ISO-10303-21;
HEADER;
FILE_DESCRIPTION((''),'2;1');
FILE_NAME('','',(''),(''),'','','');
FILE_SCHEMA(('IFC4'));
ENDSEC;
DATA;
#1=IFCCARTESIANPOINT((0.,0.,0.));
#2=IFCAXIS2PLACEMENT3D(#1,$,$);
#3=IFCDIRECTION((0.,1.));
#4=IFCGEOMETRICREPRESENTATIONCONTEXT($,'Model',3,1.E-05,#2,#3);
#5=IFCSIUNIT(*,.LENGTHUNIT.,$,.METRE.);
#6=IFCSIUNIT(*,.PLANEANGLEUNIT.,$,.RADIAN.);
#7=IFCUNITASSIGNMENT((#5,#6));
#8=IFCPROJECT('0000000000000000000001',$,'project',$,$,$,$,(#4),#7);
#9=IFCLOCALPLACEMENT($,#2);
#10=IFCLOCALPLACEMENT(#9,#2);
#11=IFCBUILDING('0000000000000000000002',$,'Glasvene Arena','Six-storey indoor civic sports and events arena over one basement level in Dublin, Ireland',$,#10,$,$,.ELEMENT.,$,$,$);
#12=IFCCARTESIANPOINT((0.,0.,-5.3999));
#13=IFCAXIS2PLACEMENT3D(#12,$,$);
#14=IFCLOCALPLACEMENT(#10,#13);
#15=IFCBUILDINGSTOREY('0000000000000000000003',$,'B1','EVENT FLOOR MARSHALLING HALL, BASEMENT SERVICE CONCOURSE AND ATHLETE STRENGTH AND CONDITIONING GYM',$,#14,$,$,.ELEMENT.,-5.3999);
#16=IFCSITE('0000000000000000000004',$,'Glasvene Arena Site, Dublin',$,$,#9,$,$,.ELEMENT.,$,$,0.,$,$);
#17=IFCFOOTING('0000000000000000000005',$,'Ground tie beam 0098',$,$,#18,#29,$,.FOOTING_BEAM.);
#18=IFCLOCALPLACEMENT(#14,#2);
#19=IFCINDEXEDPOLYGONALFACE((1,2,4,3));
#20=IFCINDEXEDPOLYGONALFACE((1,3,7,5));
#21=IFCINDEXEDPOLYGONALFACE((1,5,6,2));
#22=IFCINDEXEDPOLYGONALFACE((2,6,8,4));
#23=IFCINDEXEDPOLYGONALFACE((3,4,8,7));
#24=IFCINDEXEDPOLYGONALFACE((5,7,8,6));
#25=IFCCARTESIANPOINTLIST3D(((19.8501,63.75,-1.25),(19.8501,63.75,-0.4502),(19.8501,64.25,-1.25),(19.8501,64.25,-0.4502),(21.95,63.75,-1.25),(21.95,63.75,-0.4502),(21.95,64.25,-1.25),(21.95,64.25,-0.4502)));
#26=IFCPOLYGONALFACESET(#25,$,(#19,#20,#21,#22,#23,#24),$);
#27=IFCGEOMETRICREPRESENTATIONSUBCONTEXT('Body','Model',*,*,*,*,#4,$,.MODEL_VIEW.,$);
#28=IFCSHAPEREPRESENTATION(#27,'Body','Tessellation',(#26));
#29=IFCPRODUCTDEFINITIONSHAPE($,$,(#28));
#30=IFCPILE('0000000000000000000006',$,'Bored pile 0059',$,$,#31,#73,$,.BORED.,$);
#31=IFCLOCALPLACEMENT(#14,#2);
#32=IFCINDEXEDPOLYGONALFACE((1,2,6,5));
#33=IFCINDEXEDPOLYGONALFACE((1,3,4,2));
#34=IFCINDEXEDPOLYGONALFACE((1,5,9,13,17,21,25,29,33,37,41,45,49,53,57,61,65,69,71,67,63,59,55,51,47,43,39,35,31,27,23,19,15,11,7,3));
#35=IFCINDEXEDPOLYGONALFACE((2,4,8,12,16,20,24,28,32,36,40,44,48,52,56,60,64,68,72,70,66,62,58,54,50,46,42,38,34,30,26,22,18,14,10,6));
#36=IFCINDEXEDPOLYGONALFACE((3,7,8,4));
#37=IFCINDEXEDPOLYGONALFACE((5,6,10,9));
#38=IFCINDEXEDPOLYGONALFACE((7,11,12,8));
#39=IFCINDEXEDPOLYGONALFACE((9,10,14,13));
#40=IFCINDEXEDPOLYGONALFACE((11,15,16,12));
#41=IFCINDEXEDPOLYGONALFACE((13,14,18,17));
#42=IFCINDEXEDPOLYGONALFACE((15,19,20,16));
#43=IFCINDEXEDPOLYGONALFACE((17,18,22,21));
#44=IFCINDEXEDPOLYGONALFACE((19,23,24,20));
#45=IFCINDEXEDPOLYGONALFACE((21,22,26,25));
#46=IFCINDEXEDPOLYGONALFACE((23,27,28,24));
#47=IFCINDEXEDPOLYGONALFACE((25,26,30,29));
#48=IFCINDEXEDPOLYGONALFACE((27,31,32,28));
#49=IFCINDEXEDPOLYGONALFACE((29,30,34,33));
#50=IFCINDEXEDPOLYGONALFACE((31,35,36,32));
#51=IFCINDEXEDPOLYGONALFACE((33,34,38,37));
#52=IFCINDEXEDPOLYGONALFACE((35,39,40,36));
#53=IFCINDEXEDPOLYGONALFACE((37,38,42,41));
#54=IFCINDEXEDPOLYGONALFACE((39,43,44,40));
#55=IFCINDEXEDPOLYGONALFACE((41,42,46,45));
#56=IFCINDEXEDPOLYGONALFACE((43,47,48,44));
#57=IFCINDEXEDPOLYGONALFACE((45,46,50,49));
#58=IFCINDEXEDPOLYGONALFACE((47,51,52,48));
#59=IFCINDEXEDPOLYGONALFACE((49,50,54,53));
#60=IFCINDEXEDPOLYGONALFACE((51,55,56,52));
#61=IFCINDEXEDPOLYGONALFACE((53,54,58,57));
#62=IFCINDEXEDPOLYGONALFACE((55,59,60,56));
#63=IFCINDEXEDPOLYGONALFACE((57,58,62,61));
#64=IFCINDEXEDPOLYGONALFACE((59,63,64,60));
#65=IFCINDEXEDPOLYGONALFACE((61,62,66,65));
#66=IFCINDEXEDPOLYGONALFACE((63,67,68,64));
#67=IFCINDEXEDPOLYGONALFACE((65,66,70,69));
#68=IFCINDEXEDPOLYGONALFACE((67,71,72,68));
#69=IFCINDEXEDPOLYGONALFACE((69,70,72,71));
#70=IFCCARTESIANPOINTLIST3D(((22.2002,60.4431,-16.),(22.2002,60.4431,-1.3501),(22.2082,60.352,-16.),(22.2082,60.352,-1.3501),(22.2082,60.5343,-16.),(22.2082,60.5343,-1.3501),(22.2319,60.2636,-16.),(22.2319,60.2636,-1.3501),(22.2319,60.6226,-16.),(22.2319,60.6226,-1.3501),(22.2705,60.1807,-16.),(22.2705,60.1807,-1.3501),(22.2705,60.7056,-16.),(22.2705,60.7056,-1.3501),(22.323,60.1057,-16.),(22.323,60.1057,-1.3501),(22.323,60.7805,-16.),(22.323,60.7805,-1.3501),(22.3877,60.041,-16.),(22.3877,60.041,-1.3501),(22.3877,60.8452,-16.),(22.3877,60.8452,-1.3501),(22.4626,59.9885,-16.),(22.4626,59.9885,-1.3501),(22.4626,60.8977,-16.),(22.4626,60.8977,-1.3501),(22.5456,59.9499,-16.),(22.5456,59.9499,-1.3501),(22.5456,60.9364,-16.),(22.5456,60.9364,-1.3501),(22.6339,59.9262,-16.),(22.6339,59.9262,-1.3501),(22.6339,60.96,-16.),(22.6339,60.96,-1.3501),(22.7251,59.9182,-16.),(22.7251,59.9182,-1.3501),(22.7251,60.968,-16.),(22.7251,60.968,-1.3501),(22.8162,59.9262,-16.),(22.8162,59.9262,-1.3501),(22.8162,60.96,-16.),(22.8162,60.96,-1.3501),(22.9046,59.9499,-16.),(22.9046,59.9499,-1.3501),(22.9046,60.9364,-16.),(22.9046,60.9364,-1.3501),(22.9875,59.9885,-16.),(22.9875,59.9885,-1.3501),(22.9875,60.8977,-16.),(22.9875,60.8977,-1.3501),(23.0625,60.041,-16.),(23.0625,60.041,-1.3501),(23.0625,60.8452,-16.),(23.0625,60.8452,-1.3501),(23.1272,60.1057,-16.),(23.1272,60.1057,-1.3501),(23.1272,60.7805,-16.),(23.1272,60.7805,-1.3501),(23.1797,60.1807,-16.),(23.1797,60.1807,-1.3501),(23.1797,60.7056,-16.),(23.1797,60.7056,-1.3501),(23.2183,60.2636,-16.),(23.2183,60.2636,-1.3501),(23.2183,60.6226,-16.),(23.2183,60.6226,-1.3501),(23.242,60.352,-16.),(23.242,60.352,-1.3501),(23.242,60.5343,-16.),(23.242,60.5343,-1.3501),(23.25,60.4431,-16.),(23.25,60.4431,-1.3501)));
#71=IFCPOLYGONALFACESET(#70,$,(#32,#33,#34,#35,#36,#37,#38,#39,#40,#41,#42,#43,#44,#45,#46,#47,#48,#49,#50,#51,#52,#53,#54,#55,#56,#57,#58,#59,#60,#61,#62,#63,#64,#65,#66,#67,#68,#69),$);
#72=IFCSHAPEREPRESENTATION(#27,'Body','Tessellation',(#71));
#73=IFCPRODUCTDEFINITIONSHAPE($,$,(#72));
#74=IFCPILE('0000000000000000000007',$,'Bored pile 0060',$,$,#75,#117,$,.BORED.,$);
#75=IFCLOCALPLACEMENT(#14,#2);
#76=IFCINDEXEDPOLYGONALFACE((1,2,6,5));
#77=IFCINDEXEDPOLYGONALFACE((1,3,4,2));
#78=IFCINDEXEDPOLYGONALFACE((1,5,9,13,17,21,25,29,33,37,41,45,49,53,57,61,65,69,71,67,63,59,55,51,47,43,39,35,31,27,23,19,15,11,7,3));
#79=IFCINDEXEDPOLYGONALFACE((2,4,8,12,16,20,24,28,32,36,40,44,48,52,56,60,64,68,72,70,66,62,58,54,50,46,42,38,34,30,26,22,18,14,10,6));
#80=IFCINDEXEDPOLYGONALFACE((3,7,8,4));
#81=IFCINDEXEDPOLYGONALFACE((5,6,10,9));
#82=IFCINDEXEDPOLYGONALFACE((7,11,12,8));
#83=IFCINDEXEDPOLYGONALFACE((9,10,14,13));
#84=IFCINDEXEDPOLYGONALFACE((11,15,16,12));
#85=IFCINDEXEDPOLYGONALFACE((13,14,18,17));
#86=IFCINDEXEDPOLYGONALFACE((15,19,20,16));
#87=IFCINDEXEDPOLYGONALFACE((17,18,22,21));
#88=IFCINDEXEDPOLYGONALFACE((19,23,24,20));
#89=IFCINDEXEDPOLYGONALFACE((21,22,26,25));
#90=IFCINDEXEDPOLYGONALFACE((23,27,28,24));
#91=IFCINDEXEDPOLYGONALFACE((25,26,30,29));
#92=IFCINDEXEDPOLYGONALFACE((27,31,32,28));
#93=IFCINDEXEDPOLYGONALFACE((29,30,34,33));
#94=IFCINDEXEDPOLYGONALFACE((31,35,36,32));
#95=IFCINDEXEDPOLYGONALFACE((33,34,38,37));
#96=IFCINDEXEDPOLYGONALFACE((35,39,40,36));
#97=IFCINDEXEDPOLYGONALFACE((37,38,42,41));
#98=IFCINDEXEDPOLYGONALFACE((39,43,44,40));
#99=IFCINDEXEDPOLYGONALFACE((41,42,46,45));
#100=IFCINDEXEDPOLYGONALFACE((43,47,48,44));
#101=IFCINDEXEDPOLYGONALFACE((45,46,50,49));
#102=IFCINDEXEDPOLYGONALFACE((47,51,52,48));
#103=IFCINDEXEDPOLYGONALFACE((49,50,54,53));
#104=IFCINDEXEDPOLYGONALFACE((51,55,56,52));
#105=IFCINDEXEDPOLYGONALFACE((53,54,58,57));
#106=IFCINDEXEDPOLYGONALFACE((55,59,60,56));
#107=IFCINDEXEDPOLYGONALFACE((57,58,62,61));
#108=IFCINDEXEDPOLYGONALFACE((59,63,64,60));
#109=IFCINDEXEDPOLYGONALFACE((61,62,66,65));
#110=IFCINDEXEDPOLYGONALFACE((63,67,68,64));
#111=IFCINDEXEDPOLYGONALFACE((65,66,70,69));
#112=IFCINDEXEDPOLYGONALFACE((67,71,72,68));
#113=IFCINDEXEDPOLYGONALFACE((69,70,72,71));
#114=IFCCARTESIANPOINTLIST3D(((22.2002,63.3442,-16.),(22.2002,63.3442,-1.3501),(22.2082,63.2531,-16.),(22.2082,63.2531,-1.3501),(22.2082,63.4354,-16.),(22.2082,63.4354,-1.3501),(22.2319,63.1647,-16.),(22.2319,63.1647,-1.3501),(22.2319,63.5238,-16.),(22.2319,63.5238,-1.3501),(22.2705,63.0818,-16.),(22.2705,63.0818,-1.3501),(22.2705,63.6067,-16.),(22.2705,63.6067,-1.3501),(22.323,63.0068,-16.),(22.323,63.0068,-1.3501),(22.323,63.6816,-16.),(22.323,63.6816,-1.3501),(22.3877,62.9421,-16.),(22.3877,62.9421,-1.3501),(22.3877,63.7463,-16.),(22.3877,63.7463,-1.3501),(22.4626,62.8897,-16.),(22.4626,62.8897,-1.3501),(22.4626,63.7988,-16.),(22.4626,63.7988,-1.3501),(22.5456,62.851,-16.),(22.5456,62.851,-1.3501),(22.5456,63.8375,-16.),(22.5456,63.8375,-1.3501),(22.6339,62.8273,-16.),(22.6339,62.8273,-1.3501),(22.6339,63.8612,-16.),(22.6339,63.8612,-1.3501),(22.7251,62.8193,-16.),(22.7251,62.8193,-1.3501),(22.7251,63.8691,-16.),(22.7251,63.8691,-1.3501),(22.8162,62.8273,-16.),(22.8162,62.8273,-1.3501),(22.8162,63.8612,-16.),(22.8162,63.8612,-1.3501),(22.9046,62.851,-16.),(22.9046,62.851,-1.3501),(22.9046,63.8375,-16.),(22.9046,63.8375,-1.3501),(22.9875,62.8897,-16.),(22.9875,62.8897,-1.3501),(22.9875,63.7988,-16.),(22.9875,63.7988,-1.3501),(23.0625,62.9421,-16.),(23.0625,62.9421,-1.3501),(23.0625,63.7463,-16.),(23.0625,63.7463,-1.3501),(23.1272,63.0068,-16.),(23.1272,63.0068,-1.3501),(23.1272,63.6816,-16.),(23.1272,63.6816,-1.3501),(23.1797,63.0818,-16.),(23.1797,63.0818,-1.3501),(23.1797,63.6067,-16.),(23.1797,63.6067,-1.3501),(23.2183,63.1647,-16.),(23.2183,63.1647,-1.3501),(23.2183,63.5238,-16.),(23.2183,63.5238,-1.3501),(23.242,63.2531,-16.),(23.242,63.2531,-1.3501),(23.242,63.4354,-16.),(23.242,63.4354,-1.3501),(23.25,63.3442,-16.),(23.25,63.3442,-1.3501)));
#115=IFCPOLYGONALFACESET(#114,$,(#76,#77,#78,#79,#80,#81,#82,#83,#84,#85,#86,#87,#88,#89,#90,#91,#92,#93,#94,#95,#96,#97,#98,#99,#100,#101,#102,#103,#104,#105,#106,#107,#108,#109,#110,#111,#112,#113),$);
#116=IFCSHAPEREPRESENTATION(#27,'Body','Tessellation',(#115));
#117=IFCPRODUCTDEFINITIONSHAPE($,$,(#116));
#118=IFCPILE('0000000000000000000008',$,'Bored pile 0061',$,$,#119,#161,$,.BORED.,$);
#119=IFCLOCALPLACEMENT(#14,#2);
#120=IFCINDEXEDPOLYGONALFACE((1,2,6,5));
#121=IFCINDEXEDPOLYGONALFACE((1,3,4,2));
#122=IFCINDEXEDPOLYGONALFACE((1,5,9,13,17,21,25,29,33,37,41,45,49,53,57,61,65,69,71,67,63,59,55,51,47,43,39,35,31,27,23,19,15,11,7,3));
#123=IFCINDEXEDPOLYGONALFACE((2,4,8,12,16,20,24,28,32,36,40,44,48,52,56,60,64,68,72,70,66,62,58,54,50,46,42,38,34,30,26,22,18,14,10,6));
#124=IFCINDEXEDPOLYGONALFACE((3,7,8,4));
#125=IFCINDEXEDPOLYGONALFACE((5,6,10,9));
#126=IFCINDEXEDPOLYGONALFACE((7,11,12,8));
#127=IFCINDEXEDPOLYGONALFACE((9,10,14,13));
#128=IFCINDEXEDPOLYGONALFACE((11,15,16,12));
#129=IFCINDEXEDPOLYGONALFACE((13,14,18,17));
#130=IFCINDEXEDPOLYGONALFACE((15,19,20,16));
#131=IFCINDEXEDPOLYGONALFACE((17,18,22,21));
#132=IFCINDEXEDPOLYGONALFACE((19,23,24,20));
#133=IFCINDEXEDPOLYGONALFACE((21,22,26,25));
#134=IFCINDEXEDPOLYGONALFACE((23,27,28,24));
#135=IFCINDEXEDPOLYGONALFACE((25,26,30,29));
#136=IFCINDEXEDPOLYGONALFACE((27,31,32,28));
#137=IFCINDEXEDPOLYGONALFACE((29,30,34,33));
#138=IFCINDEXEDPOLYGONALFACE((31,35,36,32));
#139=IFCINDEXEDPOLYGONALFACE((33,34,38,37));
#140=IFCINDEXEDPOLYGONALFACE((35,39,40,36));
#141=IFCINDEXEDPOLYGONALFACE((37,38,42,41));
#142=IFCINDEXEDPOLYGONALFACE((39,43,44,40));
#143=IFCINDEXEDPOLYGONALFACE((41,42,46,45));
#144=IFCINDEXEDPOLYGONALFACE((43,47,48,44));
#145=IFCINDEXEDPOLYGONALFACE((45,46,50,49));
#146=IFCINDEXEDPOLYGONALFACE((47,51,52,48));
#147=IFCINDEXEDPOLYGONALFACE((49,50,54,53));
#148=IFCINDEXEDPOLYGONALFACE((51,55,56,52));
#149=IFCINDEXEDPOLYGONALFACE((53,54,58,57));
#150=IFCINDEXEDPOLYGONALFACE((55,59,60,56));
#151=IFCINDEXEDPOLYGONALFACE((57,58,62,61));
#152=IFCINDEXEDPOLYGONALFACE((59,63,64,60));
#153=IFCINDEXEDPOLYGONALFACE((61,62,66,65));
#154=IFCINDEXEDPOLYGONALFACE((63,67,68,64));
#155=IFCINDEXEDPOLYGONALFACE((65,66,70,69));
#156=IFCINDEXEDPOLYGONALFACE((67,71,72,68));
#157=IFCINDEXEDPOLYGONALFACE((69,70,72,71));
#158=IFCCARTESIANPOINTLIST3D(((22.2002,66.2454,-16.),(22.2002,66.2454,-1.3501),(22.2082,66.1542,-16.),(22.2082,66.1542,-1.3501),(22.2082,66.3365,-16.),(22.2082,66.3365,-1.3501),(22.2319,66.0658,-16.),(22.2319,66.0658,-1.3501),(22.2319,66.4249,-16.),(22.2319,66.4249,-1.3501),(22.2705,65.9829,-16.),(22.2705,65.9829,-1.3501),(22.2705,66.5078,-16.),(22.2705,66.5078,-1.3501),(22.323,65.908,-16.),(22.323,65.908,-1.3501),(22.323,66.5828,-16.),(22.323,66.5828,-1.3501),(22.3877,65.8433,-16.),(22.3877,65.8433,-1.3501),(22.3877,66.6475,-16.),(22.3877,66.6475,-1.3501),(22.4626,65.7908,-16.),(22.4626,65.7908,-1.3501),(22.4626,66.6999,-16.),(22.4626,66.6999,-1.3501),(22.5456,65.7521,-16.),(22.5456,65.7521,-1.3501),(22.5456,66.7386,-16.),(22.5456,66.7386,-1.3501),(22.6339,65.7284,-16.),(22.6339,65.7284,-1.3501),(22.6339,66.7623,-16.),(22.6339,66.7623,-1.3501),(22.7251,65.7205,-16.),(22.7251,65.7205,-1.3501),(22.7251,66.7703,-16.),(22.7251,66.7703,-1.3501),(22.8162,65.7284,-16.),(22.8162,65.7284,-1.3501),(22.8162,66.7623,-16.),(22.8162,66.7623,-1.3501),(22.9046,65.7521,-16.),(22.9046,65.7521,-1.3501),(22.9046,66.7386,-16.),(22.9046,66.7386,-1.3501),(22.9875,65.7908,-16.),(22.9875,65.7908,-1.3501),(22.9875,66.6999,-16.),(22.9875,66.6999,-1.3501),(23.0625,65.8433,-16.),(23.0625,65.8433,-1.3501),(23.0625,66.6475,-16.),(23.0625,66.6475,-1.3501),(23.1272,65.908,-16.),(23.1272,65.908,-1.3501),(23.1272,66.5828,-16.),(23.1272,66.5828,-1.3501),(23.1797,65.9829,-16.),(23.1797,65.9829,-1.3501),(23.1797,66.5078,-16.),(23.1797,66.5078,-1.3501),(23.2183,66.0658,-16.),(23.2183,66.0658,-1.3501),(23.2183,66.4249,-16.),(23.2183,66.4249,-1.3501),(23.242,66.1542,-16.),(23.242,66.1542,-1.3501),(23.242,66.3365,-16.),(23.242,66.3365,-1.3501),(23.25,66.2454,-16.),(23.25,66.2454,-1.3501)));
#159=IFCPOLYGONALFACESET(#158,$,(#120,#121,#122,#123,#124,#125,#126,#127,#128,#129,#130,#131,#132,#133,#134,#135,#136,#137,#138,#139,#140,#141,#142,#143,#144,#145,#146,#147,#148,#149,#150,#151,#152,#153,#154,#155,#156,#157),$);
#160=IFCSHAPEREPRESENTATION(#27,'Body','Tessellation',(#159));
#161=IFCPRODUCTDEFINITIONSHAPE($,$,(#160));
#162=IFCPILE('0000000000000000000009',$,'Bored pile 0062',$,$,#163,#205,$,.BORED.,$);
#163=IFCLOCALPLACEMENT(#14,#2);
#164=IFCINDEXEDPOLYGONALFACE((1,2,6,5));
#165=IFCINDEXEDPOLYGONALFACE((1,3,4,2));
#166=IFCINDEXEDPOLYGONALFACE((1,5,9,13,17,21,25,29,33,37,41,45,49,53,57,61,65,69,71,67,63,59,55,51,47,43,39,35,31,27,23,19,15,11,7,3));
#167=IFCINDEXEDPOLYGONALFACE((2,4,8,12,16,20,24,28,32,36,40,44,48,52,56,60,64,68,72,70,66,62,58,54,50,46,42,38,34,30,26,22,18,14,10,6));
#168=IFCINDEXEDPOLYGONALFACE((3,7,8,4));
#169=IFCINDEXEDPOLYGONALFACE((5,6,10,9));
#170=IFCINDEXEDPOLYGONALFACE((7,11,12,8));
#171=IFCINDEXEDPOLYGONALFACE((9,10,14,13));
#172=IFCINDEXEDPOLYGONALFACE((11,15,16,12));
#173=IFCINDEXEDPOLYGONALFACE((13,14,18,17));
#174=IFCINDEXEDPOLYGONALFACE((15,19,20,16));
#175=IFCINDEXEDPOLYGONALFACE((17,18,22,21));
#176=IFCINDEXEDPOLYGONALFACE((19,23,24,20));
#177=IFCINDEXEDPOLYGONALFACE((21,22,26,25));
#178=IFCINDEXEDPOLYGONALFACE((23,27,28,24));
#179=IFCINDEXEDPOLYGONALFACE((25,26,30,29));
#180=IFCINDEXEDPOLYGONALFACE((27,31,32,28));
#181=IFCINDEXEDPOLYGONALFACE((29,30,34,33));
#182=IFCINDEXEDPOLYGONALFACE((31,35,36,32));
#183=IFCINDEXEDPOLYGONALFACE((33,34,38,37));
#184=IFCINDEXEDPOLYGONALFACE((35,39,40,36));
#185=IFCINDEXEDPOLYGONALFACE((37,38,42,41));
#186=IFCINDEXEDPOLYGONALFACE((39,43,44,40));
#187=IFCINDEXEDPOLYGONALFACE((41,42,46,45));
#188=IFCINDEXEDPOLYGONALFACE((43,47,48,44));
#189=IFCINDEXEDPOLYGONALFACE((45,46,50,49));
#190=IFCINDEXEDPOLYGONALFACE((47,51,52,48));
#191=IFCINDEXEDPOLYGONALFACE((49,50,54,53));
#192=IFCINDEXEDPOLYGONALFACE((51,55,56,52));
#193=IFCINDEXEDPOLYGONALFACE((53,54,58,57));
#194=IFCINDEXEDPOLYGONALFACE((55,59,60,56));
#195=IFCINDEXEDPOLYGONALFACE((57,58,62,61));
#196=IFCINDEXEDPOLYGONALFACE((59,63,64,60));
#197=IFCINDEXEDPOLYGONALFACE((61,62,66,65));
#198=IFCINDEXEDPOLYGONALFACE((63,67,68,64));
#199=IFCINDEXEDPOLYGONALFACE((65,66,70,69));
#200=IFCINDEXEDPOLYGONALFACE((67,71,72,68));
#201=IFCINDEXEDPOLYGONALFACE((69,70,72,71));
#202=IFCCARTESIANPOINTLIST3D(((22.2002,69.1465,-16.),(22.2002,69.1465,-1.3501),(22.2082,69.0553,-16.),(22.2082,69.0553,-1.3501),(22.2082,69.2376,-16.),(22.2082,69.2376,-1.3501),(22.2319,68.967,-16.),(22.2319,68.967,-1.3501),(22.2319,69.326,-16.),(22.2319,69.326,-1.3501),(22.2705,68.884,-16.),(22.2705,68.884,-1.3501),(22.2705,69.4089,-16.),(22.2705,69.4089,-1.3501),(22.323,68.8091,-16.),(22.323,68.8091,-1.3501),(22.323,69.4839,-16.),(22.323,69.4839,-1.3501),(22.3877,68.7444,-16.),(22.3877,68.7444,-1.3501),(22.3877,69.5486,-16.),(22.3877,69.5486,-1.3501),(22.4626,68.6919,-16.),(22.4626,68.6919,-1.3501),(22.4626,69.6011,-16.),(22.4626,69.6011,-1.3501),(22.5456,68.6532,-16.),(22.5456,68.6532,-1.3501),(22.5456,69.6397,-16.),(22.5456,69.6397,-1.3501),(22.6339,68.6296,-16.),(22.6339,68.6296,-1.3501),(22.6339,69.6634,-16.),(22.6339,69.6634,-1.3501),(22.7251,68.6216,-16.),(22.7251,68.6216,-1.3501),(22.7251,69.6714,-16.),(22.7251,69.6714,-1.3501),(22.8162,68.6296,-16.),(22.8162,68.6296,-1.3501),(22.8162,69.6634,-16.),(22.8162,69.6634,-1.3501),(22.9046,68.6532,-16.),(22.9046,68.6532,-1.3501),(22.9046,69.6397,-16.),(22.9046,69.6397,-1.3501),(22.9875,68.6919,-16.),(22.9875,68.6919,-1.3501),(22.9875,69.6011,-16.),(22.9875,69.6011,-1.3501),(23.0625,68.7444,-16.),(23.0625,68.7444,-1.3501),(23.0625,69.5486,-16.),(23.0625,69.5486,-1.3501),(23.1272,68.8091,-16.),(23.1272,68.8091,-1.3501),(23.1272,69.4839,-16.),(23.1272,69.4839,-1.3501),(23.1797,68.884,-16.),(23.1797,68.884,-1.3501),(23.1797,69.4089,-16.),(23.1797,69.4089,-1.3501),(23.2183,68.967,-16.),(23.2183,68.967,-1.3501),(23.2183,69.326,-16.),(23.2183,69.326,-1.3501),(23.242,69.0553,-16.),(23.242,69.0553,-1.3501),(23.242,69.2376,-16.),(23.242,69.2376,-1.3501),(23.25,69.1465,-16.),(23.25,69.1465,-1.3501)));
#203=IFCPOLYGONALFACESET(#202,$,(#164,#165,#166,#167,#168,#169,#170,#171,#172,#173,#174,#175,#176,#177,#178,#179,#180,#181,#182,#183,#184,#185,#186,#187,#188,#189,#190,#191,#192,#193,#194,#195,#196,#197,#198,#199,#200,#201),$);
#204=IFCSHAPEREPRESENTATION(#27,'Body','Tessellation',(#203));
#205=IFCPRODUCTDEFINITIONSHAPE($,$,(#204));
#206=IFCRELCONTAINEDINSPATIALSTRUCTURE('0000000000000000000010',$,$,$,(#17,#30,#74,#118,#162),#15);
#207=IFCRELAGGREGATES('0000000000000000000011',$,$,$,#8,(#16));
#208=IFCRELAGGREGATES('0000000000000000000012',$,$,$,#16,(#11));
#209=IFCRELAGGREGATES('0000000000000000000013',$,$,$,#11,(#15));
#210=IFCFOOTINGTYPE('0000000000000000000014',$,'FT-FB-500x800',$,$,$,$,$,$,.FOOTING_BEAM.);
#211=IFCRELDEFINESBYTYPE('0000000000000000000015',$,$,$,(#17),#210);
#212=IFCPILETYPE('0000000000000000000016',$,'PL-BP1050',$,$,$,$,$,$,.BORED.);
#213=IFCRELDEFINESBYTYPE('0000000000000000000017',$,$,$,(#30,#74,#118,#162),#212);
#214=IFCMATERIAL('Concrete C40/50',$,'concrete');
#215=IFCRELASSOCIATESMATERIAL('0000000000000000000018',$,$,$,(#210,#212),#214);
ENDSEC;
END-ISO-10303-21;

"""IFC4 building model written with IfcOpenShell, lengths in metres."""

from ifc_helpers import new_model, si_unit, direction, frame, origin, origin_2d, place, context, subcontext, project, spatial, polyline, circle, outline, extrude, material, material_profile, profile_set, type_object, element, save


model = new_model("IFC4")

# Units and contexts
model_context = context("Model", 3, precision=1e-05, world=origin(), true_north=direction((0.0, 1.0)))
body_context = subcontext(model_context, "Body", "Model", "MODEL_VIEW")
ifc_project = project(units=[si_unit("LENGTHUNIT", "METRE"), si_unit("PLANEANGLEUNIT", "RADIAN")], contexts=[model_context])

# Site, building, storey
site_placement = place(None, origin())
site = spatial("IfcSite", under=ifc_project, at=site_placement, Name="Glasvene Arena Site, Dublin", CompositionType="ELEMENT", RefElevation=0.0)
building_placement = place(site_placement, origin())
building = spatial("IfcBuilding", under=site, at=building_placement, Name="Glasvene Arena", Description="Six-storey indoor civic sports and events arena over one basement level in Dublin, Ireland", CompositionType="ELEMENT")
storey_placement = place(building_placement, frame((0.0, 0.0, -5.3999)))
storey = spatial("IfcBuildingStorey", under=building, at=storey_placement, Name="B1", Description="EVENT FLOOR MARSHALLING HALL, BASEMENT SERVICE CONCOURSE AND ATHLETE STRENGTH AND CONDITIONING GYM", CompositionType="ELEMENT", Elevation=-5.3999)

# Footing
ifc_material_1 = material(Name="Concrete C40/50", Category="concrete")
footing_type = type_object("IfcFootingType", Name="FT-FB-500x800", PredefinedType="FOOTING_BEAM", material=ifc_material_1)
footing_placement = place(storey_placement, frame((20.8999, 64.0, -1.25)))
element("IfcFooting", 1, at=footing_placement, inside=storey, type_object=footing_type, Name="Ground tie beam 0098", PredefinedType="FOOTING_BEAM", context=body_context, shape_type="SweptSolid", body=[
    extrude(outline(polyline([(-1.0498, -0.25), (1.05, -0.25), (1.05, 0.25), (-1.0498, 0.25), (-1.0498, -0.25)])), origin(), (0.0, 0.0, 1.0), 0.7998),
])

# Piles
ifc_material_profile_1 = material_profile(ifc_material_1, circle(Radius=0.5249, at=origin_2d()), Name="BORED PILE 1050")
ifc_profile_set_1 = profile_set([ifc_material_profile_1], Name="Concrete C40/50")
pile_type = type_object("IfcPileType", Name="PL-BP1050", PredefinedType="BORED", material=ifc_profile_set_1)
for number, where, z_axis, x_axis, name in (
    (2, (22.7251, 60.4431, -1.3501), (0.0, 0.0, -1.0), (1.0, 0.0, 0.0), "Bored pile 0059"),
    (3, (22.7251, 63.3442, -1.3501), (0.0, 0.0, -1.0), (1.0, 0.0, 0.0), "Bored pile 0060"),
    (4, (22.7251, 66.2454, -1.3501), (0.0, 0.0, -1.0), (1.0, 0.0, 0.0), "Bored pile 0061"),
    (5, (22.7251, 69.1465, -1.3501), (0.0, 0.0, -1.0), (1.0, 0.0, 0.0), "Bored pile 0062"),
):
    element("IfcPile", number, at=place(storey_placement, frame(where, z_axis=z_axis, x_axis=x_axis)), inside=storey, type_object=pile_type, Name=name, PredefinedType="BORED", context=body_context, shape_type="SweptSolid", body=[
        extrude(circle(Radius=0.5249, at=origin_2d()), origin(), (0.0, 0.0, 1.0), 14.6499),
    ])

save(model, "model.ifc")
